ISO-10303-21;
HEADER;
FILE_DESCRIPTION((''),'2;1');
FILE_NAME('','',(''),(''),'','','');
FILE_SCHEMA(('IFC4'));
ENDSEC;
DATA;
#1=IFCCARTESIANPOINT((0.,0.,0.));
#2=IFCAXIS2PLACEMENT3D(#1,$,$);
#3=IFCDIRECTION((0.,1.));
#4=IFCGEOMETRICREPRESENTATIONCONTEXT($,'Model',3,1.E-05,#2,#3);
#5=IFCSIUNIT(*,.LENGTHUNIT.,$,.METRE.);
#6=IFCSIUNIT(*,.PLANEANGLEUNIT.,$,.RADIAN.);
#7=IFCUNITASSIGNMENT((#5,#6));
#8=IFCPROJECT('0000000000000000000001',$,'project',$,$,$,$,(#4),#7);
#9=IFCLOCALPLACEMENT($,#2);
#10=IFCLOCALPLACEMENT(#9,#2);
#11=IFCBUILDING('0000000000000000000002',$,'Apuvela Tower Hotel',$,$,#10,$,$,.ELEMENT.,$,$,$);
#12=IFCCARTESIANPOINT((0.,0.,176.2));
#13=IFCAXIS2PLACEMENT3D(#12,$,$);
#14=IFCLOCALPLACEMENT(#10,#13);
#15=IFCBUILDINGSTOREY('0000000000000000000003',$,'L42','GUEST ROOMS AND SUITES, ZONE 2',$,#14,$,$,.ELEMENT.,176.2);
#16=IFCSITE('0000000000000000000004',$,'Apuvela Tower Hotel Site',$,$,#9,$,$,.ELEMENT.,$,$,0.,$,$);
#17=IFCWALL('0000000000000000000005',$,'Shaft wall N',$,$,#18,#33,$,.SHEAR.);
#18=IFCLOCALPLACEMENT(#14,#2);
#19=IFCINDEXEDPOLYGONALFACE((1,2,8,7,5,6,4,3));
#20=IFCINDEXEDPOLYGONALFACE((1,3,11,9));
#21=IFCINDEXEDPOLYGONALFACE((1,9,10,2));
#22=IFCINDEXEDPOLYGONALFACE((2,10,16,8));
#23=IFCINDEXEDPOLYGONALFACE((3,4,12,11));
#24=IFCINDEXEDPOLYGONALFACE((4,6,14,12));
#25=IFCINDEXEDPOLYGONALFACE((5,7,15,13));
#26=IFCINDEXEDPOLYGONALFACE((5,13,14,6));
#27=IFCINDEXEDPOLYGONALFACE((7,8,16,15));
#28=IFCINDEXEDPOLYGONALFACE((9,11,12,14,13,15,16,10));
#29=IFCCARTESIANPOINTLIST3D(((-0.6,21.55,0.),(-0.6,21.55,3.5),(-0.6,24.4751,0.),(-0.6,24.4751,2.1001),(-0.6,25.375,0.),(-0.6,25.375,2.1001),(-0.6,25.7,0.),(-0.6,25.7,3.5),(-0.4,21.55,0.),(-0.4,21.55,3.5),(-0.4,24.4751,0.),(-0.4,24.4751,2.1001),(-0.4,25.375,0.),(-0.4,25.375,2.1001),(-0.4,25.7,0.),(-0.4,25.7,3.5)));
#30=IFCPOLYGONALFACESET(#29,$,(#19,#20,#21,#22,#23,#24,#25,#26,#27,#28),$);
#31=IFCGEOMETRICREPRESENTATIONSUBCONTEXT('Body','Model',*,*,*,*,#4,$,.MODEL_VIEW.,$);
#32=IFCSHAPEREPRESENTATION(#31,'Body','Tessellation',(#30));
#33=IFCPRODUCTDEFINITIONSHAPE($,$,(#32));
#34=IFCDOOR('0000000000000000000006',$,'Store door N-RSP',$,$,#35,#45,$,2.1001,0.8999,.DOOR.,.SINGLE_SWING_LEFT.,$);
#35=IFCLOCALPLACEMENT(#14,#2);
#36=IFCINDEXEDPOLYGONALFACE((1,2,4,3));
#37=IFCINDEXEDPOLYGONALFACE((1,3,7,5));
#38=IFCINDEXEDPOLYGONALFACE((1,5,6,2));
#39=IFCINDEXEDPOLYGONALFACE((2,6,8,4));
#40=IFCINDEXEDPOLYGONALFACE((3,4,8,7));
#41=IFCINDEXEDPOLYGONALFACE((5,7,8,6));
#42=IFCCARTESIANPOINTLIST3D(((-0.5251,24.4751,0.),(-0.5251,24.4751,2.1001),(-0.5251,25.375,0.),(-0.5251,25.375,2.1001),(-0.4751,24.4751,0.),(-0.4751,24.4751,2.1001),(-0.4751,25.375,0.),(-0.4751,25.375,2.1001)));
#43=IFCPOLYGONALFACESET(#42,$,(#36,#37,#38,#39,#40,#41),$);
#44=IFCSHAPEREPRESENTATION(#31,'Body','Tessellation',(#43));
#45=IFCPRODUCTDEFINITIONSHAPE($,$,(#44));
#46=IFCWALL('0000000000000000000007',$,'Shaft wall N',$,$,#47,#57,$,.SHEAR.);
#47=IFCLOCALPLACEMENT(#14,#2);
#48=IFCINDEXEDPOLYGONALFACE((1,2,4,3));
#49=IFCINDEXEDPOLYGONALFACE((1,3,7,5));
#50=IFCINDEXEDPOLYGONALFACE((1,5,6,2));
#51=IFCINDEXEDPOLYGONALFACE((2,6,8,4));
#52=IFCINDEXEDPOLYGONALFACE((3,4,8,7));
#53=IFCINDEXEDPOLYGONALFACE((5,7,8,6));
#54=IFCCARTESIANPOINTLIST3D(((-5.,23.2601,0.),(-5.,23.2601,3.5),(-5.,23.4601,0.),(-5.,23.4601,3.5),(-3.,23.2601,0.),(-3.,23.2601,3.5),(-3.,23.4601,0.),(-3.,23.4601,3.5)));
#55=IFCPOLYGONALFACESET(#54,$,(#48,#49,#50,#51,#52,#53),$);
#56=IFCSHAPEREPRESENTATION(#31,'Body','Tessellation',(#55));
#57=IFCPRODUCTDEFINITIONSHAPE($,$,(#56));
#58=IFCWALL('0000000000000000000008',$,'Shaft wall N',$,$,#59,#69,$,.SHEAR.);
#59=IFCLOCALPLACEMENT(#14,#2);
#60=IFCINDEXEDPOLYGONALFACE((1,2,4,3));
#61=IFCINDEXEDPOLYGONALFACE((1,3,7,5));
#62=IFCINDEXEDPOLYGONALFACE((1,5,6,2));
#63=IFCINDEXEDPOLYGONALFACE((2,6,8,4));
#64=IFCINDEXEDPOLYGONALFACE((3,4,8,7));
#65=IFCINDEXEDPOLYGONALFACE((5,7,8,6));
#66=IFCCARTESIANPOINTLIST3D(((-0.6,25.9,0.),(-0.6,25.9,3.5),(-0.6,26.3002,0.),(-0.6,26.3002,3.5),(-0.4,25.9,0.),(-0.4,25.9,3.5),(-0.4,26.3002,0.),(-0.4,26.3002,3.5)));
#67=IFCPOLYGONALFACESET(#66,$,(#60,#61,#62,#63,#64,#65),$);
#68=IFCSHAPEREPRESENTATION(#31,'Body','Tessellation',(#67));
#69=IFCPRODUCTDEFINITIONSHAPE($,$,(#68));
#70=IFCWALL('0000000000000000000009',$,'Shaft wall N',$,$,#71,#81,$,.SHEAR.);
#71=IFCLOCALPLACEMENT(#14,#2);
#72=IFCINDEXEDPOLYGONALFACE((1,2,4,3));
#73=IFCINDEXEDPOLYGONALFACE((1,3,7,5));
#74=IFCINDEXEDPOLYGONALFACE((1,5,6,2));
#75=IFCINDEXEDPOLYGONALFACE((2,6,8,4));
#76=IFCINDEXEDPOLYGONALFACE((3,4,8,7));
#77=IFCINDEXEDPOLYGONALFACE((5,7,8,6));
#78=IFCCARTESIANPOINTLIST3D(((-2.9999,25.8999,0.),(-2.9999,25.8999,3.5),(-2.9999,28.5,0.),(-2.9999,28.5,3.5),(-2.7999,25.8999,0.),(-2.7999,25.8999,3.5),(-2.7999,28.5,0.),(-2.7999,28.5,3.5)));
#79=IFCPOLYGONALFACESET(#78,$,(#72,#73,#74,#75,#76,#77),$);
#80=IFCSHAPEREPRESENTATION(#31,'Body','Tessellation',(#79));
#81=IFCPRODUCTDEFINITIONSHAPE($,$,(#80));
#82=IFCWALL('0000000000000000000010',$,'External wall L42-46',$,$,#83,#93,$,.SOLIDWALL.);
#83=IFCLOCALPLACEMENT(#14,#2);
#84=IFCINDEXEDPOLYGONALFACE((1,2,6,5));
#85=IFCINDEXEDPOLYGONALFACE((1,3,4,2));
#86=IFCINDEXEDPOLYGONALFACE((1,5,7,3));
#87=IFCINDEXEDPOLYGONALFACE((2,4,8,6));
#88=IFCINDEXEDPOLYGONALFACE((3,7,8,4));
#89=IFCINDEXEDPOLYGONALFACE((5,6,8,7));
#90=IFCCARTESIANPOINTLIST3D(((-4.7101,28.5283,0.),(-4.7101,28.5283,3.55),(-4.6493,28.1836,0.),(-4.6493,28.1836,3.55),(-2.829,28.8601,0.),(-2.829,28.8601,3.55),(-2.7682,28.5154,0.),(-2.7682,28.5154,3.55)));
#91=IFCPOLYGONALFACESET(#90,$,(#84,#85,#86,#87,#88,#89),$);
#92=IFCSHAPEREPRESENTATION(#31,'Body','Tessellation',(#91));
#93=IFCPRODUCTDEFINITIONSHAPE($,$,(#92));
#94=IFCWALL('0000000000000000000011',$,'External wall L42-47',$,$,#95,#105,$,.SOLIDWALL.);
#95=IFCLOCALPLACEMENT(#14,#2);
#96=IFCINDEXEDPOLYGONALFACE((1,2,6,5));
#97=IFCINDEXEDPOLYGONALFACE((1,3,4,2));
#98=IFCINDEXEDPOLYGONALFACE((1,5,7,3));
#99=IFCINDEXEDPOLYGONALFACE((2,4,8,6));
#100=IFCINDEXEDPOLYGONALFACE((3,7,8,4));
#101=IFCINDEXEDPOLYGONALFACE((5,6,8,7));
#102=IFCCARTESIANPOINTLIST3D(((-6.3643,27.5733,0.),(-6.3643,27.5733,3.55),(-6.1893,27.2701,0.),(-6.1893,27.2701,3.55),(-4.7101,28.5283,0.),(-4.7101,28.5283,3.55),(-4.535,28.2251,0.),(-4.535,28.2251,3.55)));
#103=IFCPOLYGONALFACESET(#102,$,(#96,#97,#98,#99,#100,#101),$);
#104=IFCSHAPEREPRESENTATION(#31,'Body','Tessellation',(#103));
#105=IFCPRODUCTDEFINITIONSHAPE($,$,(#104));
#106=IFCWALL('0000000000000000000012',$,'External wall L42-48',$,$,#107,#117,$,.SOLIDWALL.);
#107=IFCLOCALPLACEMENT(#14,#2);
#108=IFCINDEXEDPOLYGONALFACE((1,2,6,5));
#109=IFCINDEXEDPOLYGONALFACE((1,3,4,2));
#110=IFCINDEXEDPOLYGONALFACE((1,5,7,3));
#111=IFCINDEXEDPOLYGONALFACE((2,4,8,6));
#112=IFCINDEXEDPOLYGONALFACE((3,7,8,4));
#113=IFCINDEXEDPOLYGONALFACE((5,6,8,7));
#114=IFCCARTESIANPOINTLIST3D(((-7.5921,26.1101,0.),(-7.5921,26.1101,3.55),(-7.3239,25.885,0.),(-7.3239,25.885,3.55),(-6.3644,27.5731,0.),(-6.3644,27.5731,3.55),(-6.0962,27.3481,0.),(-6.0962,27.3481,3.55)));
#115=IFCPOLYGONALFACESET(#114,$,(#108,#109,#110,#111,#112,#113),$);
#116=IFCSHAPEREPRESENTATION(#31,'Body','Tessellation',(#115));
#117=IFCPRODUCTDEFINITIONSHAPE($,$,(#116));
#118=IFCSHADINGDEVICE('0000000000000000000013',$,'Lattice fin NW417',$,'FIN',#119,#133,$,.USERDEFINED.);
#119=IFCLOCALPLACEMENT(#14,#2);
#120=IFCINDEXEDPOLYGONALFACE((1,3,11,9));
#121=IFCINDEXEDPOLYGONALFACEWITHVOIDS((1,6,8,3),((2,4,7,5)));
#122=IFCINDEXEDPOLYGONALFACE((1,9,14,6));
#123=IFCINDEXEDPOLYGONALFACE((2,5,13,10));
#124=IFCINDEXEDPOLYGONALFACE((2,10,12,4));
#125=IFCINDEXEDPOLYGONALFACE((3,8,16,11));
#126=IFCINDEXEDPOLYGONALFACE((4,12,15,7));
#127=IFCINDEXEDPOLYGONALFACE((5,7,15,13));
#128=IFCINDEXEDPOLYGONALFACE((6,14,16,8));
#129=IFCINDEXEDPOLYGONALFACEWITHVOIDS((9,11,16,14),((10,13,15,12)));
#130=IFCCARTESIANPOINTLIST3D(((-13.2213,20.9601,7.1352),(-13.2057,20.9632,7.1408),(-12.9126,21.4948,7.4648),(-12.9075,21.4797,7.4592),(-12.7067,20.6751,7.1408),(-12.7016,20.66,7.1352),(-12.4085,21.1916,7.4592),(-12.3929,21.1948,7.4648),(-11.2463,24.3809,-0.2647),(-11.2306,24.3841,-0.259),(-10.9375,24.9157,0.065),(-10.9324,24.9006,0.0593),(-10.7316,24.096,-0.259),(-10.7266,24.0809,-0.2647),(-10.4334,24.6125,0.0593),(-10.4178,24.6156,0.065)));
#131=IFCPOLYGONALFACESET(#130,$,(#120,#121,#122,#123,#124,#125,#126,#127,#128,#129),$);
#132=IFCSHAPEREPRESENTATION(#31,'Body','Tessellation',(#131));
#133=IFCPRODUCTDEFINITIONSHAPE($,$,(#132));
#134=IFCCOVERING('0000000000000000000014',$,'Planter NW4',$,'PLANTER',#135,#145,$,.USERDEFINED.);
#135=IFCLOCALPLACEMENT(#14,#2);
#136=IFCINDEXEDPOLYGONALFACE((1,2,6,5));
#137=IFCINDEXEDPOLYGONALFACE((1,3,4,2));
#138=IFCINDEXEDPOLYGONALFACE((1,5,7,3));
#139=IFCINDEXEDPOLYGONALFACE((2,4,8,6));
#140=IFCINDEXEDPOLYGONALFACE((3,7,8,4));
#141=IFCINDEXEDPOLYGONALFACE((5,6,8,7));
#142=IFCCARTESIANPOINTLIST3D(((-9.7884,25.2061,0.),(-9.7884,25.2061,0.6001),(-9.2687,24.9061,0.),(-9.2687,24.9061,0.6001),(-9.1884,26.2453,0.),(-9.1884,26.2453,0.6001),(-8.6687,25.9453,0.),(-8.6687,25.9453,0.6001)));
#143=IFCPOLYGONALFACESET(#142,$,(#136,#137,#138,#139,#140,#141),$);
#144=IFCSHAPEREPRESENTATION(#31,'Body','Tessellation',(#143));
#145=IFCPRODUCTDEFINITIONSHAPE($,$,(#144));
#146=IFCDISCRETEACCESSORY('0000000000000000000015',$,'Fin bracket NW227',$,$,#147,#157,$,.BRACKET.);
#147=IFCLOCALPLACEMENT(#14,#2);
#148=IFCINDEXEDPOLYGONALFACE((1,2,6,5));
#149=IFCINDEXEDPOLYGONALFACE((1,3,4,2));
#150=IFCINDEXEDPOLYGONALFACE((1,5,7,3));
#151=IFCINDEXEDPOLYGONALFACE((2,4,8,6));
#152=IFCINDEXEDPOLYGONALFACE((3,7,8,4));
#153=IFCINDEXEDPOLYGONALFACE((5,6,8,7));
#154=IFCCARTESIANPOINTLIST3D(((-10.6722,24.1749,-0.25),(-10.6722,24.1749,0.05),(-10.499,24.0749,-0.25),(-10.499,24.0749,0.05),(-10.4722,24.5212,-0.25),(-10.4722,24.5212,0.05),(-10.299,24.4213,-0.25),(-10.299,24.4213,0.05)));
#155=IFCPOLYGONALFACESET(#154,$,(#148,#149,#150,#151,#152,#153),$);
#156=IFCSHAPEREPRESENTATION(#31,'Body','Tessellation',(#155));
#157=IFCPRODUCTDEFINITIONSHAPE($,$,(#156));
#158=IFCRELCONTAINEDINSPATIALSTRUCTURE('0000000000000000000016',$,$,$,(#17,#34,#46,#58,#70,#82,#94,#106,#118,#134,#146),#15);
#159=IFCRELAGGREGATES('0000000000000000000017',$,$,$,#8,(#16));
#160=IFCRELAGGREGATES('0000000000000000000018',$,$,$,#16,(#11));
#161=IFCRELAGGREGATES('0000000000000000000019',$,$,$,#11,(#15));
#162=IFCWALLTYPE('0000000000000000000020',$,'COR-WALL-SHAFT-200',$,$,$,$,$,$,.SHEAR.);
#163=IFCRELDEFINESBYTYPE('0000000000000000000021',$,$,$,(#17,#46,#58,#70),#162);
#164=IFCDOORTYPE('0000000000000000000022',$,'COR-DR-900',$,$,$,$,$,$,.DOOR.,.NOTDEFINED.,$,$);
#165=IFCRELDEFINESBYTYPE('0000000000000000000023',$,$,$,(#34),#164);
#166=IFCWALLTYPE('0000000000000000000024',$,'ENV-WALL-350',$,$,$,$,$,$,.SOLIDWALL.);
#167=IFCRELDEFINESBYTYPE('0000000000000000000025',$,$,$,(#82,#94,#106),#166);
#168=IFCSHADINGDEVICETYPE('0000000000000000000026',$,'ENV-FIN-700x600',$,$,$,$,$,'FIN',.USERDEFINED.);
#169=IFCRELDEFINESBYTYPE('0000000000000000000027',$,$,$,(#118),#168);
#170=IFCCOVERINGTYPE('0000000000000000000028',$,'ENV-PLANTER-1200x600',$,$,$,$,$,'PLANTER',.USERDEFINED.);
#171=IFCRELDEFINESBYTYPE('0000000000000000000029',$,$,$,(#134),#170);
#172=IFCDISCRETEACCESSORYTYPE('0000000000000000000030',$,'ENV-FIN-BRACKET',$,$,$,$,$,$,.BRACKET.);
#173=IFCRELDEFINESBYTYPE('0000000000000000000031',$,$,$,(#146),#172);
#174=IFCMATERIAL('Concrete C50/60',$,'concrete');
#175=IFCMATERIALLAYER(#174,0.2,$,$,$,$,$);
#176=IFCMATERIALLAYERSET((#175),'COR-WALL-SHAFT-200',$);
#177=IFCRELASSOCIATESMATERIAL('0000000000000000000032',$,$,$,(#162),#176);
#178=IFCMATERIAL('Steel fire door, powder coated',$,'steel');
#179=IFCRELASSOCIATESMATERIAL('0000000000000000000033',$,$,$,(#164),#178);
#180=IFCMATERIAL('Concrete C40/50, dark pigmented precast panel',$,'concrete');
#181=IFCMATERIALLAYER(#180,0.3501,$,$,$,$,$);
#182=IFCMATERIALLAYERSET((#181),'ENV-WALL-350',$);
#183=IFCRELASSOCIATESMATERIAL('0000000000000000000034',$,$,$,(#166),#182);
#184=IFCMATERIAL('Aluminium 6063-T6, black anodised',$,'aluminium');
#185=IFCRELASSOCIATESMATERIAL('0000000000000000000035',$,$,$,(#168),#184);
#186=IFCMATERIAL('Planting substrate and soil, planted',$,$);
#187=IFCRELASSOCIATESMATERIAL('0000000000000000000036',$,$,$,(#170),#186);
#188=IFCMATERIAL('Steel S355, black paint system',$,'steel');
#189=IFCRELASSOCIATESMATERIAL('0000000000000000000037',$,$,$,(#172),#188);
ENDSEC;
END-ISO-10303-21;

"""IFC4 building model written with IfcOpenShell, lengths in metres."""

from ifc_helpers import new_model, si_unit, direction, frame, frame_2d, origin, origin_2d, place, context, subcontext, project, spatial, rectangle, hollow_rectangle, extrude, material, layer, layer_set, material_profile, profile_set, type_object, element, fill, save


model = new_model("IFC4")

# Units and contexts
model_context = context("Model", 3, precision=1e-05, world=origin(), true_north=direction((0.0, 1.0)))
body_context = subcontext(model_context, "Body", "Model", "MODEL_VIEW")
ifc_project = project(units=[si_unit("LENGTHUNIT", "METRE"), si_unit("PLANEANGLEUNIT", "RADIAN")], contexts=[model_context])

# Site, building, storey
site_placement = place(None, origin())
site = spatial("IfcSite", under=ifc_project, at=site_placement, Name="Apuvela Tower Hotel Site", CompositionType="ELEMENT", RefElevation=0.0)
building_placement = place(site_placement, origin())
building = spatial("IfcBuilding", under=site, at=building_placement, Name="Apuvela Tower Hotel", CompositionType="ELEMENT")
storey_placement = place(building_placement, frame((0.0, 0.0, 176.2)))
storey = spatial("IfcBuildingStorey", under=building, at=storey_placement, Name="L42", Description="GUEST ROOMS AND SUITES, ZONE 2", CompositionType="ELEMENT", Elevation=176.2)

# Shared definitions
ifc_material_1 = material(Name="Concrete C50/60", Category="concrete")
ifc_layer_1 = layer(ifc_material_1, 0.2)
ifc_layer_set_1 = layer_set([ifc_layer_1], Name="COR-WALL-SHAFT-200")
wall_type_1 = type_object("IfcWallType", Name="COR-WALL-SHAFT-200", PredefinedType="SHEAR", material=ifc_layer_set_1)

# Wall, opening, door
wall_1_placement = place(storey_placement, frame((-0.5, 21.55, 0.0), z_axis=(0.0, 0.0, 1.0), x_axis=(0.0, 1.0, 0.0)))
wall_1 = element("IfcWall", 1, at=wall_1_placement, inside=storey, type_object=wall_type_1, Name="Shaft wall N", PredefinedType="SHEAR", context=body_context, shape_type="SweptSolid", body=[
    extrude(rectangle(XDim=4.1499, YDim=0.2, at=frame_2d((2.075, 0.0))), origin(), (0.0, 0.0, 1.0), 3.5),
])
opening_1_placement = place(wall_1_placement, frame((2.925, 0.0, 0.0)))
opening_1 = element("IfcOpeningElement", 2, at=opening_1_placement, cuts=wall_1, PredefinedType="OPENING", context=body_context, shape_type="SweptSolid", body=[
    extrude(rectangle(XDim=0.8999, YDim=2.1001, at=frame_2d((0.45, 1.05))), frame((0.0, 0.1099, 0.0), z_axis=(0.0, -1.0, 0.0), x_axis=(1.0, 0.0, 0.0)), (0.0, 0.0, 1.0), 0.22),
])
ifc_material_2 = material(Name="Steel fire door, powder coated", Category="steel")
door_type_1 = type_object("IfcDoorType", Name="COR-DR-900", OperationType="NOTDEFINED", PredefinedType="DOOR", material=ifc_material_2)
door_1_placement = place(opening_1_placement, frame((0.8999, 0.0, 0.0), z_axis=(0.0, 0.0, 1.0), x_axis=(-1.0, 0.0, 0.0)))
door_1 = element("IfcDoor", 3, at=door_1_placement, inside=storey, type_object=door_type_1, Name="Store door N-RSP", OperationType="SINGLE_SWING_LEFT", OverallHeight=2.1001, OverallWidth=0.8999, PredefinedType="DOOR", context=body_context, shape_type="SweptSolid", body=[
    extrude(rectangle(XDim=0.8999, YDim=2.1001, at=frame_2d((0.45, 1.05))), frame((0.0, 0.0249, 0.0), z_axis=(0.0, -1.0, 0.0), x_axis=(1.0, 0.0, 0.0)), (0.0, 0.0, 1.0), 0.05),
])
fill(opening_1, door_1)

# Walls
wall_2_placement = place(storey_placement, frame((-3.0, 23.3601, 0.0), z_axis=(0.0, 0.0, 1.0), x_axis=(-1.0, 0.0, 0.0)))
element("IfcWall", 4, at=wall_2_placement, inside=storey, type_object=wall_type_1, Name="Shaft wall N", PredefinedType="SHEAR", context=body_context, shape_type="SweptSolid", body=[
    extrude(rectangle(XDim=2.0, YDim=0.2, at=frame_2d((1.0, 0.0))), origin(), (0.0, 0.0, 1.0), 3.5),
])
wall_3_placement = place(storey_placement, frame((-0.5, 25.8999, 0.0), z_axis=(0.0, 0.0, 1.0), x_axis=(0.0, 1.0, 0.0)))
element("IfcWall", 5, at=wall_3_placement, inside=storey, type_object=wall_type_1, Name="Shaft wall N", PredefinedType="SHEAR", context=body_context, shape_type="SweptSolid", body=[
    extrude(rectangle(XDim=0.4001, YDim=0.2, at=frame_2d((0.2002, 0.0))), origin(), (0.0, 0.0, 1.0), 3.5),
])
wall_4_placement = place(storey_placement, frame((-2.8999, 25.8999, 0.0), z_axis=(0.0, 0.0, 1.0), x_axis=(0.0, 1.0, 0.0)))
element("IfcWall", 6, at=wall_4_placement, inside=storey, type_object=wall_type_1, Name="Shaft wall N", PredefinedType="SHEAR", context=body_context, shape_type="SweptSolid", body=[
    extrude(rectangle(XDim=2.6001, YDim=0.2, at=frame_2d((1.3, 0.0))), origin(), (0.0, 0.0, 1.0), 3.5),
])

# Shared definitions
ifc_material_3 = material(Name="Concrete C40/50, dark pigmented precast panel", Category="concrete")
ifc_layer_2 = layer(ifc_material_3, 0.3501)
ifc_layer_set_2 = layer_set([ifc_layer_2], Name="ENV-WALL-350")
wall_type_2 = type_object("IfcWallType", Name="ENV-WALL-350", PredefinedType="SOLIDWALL", material=ifc_layer_set_2)

# Walls
for number, where, z_axis, x_axis, name in (
    (7, (-2.7986, 28.6877, 0.0), (0.0, 0.0, 1.0), (-0.984799, -0.173698, 0.0), "External wall L42-46"),
    (8, (-4.6226, 28.3767, 0.0), (0.0, 0.0, 1.0), (-0.866032, -0.499988, 0.0), "External wall L42-47"),
):
    element("IfcWall", number, at=place(storey_placement, frame(where, z_axis=z_axis, x_axis=x_axis)), inside=storey, type_object=wall_type_2, Name=name, PredefinedType="SOLIDWALL", context=body_context, shape_type="SweptSolid", body=[
        extrude(rectangle(XDim=1.9102, YDim=0.3501, at=frame_2d((0.9551, 0.0))), origin(), (0.0, 0.0, 1.0), 3.55),
    ])
wall_5_placement = place(storey_placement, frame((-6.2302, 27.4607, 0.0), z_axis=(0.0, 0.0, 1.0), x_axis=(-0.642808, -0.766027, 0.0)))
element("IfcWall", 9, at=wall_5_placement, inside=storey, type_object=wall_type_2, Name="External wall L42-48", PredefinedType="SOLIDWALL", context=body_context, shape_type="SweptSolid", body=[
    extrude(rectangle(XDim=1.9099, YDim=0.3501, at=frame_2d((0.9551, 0.0))), origin(), (0.0, 0.0, 1.0), 3.55),
])

# Shading device
ifc_material_4 = material(Name="Aluminium 6063-T6, black anodised", Category="aluminium")
ifc_material_profile_1 = material_profile(ifc_material_4, hollow_rectangle(XDim=0.6001, YDim=0.7, WallThickness=0.012, at=origin_2d()), Name="AL BOX 700x600x12")
ifc_profile_set_1 = profile_set([ifc_material_profile_1], Name="Aluminium 6063-T6, black anodised")
shading_device_type = type_object("IfcShadingDeviceType", Name="ENV-FIN-700x600", ElementType="FIN", PredefinedType="USERDEFINED", material=ifc_profile_set_1)
shading_device_placement = place(storey_placement, frame((-10.832, 24.4983, -0.0999), z_axis=(-0.235461, -0.407822, 0.882179), x_axis=(0.866021, -0.500008, 0.0)))
element("IfcShadingDevice", 10, at=shading_device_placement, inside=storey, type_object=shading_device_type, Name="Lattice fin NW417", ObjectType="FIN", PredefinedType="USERDEFINED", context=body_context, shape_type="SweptSolid", body=[
    extrude(hollow_rectangle(XDim=0.6001, YDim=0.7, WallThickness=0.012, at=origin_2d()), origin(), (0.0, 0.0, 1.0), 8.3882),
])

# Covering
ifc_material_5 = material(Name="Planting substrate and soil, planted")
covering_type = type_object("IfcCoveringType", Name="ENV-PLANTER-1200x600", ElementType="PLANTER", PredefinedType="USERDEFINED", material=ifc_material_5)
covering_placement = place(storey_placement, frame((-9.2285, 25.5757, 0.0), z_axis=(0.0, 0.0, 1.0), x_axis=(-0.5, -0.866025, 0.0)))
element("IfcCovering", 11, at=covering_placement, inside=storey, type_object=covering_type, Name="Planter NW4", ObjectType="PLANTER", PredefinedType="USERDEFINED", context=body_context, shape_type="SweptSolid", body=[
    extrude(rectangle(XDim=1.2, YDim=0.6001, at=origin_2d()), origin(), (0.0, 0.0, 1.0), 0.6001),
])

# Discrete accessory
ifc_material_6 = material(Name="Steel S355, black paint system", Category="steel")
discrete_accessory_type = type_object("IfcDiscreteAccessoryType", Name="ENV-FIN-BRACKET", PredefinedType="BRACKET", material=ifc_material_6)
discrete_accessory_placement = place(storey_placement, frame((-10.4856, 24.2981, -0.25), z_axis=(0.0, 0.0, 1.0), x_axis=(-0.5, -0.866025, 0.0)))
element("IfcDiscreteAccessory", 12, at=discrete_accessory_placement, inside=storey, type_object=discrete_accessory_type, Name="Fin bracket NW227", PredefinedType="BRACKET", context=body_context, shape_type="SweptSolid", body=[
    extrude(rectangle(XDim=0.3999, YDim=0.2, at=origin_2d()), origin(), (0.0, 0.0, 1.0), 0.3),
])

save(model, "model.ifc")
